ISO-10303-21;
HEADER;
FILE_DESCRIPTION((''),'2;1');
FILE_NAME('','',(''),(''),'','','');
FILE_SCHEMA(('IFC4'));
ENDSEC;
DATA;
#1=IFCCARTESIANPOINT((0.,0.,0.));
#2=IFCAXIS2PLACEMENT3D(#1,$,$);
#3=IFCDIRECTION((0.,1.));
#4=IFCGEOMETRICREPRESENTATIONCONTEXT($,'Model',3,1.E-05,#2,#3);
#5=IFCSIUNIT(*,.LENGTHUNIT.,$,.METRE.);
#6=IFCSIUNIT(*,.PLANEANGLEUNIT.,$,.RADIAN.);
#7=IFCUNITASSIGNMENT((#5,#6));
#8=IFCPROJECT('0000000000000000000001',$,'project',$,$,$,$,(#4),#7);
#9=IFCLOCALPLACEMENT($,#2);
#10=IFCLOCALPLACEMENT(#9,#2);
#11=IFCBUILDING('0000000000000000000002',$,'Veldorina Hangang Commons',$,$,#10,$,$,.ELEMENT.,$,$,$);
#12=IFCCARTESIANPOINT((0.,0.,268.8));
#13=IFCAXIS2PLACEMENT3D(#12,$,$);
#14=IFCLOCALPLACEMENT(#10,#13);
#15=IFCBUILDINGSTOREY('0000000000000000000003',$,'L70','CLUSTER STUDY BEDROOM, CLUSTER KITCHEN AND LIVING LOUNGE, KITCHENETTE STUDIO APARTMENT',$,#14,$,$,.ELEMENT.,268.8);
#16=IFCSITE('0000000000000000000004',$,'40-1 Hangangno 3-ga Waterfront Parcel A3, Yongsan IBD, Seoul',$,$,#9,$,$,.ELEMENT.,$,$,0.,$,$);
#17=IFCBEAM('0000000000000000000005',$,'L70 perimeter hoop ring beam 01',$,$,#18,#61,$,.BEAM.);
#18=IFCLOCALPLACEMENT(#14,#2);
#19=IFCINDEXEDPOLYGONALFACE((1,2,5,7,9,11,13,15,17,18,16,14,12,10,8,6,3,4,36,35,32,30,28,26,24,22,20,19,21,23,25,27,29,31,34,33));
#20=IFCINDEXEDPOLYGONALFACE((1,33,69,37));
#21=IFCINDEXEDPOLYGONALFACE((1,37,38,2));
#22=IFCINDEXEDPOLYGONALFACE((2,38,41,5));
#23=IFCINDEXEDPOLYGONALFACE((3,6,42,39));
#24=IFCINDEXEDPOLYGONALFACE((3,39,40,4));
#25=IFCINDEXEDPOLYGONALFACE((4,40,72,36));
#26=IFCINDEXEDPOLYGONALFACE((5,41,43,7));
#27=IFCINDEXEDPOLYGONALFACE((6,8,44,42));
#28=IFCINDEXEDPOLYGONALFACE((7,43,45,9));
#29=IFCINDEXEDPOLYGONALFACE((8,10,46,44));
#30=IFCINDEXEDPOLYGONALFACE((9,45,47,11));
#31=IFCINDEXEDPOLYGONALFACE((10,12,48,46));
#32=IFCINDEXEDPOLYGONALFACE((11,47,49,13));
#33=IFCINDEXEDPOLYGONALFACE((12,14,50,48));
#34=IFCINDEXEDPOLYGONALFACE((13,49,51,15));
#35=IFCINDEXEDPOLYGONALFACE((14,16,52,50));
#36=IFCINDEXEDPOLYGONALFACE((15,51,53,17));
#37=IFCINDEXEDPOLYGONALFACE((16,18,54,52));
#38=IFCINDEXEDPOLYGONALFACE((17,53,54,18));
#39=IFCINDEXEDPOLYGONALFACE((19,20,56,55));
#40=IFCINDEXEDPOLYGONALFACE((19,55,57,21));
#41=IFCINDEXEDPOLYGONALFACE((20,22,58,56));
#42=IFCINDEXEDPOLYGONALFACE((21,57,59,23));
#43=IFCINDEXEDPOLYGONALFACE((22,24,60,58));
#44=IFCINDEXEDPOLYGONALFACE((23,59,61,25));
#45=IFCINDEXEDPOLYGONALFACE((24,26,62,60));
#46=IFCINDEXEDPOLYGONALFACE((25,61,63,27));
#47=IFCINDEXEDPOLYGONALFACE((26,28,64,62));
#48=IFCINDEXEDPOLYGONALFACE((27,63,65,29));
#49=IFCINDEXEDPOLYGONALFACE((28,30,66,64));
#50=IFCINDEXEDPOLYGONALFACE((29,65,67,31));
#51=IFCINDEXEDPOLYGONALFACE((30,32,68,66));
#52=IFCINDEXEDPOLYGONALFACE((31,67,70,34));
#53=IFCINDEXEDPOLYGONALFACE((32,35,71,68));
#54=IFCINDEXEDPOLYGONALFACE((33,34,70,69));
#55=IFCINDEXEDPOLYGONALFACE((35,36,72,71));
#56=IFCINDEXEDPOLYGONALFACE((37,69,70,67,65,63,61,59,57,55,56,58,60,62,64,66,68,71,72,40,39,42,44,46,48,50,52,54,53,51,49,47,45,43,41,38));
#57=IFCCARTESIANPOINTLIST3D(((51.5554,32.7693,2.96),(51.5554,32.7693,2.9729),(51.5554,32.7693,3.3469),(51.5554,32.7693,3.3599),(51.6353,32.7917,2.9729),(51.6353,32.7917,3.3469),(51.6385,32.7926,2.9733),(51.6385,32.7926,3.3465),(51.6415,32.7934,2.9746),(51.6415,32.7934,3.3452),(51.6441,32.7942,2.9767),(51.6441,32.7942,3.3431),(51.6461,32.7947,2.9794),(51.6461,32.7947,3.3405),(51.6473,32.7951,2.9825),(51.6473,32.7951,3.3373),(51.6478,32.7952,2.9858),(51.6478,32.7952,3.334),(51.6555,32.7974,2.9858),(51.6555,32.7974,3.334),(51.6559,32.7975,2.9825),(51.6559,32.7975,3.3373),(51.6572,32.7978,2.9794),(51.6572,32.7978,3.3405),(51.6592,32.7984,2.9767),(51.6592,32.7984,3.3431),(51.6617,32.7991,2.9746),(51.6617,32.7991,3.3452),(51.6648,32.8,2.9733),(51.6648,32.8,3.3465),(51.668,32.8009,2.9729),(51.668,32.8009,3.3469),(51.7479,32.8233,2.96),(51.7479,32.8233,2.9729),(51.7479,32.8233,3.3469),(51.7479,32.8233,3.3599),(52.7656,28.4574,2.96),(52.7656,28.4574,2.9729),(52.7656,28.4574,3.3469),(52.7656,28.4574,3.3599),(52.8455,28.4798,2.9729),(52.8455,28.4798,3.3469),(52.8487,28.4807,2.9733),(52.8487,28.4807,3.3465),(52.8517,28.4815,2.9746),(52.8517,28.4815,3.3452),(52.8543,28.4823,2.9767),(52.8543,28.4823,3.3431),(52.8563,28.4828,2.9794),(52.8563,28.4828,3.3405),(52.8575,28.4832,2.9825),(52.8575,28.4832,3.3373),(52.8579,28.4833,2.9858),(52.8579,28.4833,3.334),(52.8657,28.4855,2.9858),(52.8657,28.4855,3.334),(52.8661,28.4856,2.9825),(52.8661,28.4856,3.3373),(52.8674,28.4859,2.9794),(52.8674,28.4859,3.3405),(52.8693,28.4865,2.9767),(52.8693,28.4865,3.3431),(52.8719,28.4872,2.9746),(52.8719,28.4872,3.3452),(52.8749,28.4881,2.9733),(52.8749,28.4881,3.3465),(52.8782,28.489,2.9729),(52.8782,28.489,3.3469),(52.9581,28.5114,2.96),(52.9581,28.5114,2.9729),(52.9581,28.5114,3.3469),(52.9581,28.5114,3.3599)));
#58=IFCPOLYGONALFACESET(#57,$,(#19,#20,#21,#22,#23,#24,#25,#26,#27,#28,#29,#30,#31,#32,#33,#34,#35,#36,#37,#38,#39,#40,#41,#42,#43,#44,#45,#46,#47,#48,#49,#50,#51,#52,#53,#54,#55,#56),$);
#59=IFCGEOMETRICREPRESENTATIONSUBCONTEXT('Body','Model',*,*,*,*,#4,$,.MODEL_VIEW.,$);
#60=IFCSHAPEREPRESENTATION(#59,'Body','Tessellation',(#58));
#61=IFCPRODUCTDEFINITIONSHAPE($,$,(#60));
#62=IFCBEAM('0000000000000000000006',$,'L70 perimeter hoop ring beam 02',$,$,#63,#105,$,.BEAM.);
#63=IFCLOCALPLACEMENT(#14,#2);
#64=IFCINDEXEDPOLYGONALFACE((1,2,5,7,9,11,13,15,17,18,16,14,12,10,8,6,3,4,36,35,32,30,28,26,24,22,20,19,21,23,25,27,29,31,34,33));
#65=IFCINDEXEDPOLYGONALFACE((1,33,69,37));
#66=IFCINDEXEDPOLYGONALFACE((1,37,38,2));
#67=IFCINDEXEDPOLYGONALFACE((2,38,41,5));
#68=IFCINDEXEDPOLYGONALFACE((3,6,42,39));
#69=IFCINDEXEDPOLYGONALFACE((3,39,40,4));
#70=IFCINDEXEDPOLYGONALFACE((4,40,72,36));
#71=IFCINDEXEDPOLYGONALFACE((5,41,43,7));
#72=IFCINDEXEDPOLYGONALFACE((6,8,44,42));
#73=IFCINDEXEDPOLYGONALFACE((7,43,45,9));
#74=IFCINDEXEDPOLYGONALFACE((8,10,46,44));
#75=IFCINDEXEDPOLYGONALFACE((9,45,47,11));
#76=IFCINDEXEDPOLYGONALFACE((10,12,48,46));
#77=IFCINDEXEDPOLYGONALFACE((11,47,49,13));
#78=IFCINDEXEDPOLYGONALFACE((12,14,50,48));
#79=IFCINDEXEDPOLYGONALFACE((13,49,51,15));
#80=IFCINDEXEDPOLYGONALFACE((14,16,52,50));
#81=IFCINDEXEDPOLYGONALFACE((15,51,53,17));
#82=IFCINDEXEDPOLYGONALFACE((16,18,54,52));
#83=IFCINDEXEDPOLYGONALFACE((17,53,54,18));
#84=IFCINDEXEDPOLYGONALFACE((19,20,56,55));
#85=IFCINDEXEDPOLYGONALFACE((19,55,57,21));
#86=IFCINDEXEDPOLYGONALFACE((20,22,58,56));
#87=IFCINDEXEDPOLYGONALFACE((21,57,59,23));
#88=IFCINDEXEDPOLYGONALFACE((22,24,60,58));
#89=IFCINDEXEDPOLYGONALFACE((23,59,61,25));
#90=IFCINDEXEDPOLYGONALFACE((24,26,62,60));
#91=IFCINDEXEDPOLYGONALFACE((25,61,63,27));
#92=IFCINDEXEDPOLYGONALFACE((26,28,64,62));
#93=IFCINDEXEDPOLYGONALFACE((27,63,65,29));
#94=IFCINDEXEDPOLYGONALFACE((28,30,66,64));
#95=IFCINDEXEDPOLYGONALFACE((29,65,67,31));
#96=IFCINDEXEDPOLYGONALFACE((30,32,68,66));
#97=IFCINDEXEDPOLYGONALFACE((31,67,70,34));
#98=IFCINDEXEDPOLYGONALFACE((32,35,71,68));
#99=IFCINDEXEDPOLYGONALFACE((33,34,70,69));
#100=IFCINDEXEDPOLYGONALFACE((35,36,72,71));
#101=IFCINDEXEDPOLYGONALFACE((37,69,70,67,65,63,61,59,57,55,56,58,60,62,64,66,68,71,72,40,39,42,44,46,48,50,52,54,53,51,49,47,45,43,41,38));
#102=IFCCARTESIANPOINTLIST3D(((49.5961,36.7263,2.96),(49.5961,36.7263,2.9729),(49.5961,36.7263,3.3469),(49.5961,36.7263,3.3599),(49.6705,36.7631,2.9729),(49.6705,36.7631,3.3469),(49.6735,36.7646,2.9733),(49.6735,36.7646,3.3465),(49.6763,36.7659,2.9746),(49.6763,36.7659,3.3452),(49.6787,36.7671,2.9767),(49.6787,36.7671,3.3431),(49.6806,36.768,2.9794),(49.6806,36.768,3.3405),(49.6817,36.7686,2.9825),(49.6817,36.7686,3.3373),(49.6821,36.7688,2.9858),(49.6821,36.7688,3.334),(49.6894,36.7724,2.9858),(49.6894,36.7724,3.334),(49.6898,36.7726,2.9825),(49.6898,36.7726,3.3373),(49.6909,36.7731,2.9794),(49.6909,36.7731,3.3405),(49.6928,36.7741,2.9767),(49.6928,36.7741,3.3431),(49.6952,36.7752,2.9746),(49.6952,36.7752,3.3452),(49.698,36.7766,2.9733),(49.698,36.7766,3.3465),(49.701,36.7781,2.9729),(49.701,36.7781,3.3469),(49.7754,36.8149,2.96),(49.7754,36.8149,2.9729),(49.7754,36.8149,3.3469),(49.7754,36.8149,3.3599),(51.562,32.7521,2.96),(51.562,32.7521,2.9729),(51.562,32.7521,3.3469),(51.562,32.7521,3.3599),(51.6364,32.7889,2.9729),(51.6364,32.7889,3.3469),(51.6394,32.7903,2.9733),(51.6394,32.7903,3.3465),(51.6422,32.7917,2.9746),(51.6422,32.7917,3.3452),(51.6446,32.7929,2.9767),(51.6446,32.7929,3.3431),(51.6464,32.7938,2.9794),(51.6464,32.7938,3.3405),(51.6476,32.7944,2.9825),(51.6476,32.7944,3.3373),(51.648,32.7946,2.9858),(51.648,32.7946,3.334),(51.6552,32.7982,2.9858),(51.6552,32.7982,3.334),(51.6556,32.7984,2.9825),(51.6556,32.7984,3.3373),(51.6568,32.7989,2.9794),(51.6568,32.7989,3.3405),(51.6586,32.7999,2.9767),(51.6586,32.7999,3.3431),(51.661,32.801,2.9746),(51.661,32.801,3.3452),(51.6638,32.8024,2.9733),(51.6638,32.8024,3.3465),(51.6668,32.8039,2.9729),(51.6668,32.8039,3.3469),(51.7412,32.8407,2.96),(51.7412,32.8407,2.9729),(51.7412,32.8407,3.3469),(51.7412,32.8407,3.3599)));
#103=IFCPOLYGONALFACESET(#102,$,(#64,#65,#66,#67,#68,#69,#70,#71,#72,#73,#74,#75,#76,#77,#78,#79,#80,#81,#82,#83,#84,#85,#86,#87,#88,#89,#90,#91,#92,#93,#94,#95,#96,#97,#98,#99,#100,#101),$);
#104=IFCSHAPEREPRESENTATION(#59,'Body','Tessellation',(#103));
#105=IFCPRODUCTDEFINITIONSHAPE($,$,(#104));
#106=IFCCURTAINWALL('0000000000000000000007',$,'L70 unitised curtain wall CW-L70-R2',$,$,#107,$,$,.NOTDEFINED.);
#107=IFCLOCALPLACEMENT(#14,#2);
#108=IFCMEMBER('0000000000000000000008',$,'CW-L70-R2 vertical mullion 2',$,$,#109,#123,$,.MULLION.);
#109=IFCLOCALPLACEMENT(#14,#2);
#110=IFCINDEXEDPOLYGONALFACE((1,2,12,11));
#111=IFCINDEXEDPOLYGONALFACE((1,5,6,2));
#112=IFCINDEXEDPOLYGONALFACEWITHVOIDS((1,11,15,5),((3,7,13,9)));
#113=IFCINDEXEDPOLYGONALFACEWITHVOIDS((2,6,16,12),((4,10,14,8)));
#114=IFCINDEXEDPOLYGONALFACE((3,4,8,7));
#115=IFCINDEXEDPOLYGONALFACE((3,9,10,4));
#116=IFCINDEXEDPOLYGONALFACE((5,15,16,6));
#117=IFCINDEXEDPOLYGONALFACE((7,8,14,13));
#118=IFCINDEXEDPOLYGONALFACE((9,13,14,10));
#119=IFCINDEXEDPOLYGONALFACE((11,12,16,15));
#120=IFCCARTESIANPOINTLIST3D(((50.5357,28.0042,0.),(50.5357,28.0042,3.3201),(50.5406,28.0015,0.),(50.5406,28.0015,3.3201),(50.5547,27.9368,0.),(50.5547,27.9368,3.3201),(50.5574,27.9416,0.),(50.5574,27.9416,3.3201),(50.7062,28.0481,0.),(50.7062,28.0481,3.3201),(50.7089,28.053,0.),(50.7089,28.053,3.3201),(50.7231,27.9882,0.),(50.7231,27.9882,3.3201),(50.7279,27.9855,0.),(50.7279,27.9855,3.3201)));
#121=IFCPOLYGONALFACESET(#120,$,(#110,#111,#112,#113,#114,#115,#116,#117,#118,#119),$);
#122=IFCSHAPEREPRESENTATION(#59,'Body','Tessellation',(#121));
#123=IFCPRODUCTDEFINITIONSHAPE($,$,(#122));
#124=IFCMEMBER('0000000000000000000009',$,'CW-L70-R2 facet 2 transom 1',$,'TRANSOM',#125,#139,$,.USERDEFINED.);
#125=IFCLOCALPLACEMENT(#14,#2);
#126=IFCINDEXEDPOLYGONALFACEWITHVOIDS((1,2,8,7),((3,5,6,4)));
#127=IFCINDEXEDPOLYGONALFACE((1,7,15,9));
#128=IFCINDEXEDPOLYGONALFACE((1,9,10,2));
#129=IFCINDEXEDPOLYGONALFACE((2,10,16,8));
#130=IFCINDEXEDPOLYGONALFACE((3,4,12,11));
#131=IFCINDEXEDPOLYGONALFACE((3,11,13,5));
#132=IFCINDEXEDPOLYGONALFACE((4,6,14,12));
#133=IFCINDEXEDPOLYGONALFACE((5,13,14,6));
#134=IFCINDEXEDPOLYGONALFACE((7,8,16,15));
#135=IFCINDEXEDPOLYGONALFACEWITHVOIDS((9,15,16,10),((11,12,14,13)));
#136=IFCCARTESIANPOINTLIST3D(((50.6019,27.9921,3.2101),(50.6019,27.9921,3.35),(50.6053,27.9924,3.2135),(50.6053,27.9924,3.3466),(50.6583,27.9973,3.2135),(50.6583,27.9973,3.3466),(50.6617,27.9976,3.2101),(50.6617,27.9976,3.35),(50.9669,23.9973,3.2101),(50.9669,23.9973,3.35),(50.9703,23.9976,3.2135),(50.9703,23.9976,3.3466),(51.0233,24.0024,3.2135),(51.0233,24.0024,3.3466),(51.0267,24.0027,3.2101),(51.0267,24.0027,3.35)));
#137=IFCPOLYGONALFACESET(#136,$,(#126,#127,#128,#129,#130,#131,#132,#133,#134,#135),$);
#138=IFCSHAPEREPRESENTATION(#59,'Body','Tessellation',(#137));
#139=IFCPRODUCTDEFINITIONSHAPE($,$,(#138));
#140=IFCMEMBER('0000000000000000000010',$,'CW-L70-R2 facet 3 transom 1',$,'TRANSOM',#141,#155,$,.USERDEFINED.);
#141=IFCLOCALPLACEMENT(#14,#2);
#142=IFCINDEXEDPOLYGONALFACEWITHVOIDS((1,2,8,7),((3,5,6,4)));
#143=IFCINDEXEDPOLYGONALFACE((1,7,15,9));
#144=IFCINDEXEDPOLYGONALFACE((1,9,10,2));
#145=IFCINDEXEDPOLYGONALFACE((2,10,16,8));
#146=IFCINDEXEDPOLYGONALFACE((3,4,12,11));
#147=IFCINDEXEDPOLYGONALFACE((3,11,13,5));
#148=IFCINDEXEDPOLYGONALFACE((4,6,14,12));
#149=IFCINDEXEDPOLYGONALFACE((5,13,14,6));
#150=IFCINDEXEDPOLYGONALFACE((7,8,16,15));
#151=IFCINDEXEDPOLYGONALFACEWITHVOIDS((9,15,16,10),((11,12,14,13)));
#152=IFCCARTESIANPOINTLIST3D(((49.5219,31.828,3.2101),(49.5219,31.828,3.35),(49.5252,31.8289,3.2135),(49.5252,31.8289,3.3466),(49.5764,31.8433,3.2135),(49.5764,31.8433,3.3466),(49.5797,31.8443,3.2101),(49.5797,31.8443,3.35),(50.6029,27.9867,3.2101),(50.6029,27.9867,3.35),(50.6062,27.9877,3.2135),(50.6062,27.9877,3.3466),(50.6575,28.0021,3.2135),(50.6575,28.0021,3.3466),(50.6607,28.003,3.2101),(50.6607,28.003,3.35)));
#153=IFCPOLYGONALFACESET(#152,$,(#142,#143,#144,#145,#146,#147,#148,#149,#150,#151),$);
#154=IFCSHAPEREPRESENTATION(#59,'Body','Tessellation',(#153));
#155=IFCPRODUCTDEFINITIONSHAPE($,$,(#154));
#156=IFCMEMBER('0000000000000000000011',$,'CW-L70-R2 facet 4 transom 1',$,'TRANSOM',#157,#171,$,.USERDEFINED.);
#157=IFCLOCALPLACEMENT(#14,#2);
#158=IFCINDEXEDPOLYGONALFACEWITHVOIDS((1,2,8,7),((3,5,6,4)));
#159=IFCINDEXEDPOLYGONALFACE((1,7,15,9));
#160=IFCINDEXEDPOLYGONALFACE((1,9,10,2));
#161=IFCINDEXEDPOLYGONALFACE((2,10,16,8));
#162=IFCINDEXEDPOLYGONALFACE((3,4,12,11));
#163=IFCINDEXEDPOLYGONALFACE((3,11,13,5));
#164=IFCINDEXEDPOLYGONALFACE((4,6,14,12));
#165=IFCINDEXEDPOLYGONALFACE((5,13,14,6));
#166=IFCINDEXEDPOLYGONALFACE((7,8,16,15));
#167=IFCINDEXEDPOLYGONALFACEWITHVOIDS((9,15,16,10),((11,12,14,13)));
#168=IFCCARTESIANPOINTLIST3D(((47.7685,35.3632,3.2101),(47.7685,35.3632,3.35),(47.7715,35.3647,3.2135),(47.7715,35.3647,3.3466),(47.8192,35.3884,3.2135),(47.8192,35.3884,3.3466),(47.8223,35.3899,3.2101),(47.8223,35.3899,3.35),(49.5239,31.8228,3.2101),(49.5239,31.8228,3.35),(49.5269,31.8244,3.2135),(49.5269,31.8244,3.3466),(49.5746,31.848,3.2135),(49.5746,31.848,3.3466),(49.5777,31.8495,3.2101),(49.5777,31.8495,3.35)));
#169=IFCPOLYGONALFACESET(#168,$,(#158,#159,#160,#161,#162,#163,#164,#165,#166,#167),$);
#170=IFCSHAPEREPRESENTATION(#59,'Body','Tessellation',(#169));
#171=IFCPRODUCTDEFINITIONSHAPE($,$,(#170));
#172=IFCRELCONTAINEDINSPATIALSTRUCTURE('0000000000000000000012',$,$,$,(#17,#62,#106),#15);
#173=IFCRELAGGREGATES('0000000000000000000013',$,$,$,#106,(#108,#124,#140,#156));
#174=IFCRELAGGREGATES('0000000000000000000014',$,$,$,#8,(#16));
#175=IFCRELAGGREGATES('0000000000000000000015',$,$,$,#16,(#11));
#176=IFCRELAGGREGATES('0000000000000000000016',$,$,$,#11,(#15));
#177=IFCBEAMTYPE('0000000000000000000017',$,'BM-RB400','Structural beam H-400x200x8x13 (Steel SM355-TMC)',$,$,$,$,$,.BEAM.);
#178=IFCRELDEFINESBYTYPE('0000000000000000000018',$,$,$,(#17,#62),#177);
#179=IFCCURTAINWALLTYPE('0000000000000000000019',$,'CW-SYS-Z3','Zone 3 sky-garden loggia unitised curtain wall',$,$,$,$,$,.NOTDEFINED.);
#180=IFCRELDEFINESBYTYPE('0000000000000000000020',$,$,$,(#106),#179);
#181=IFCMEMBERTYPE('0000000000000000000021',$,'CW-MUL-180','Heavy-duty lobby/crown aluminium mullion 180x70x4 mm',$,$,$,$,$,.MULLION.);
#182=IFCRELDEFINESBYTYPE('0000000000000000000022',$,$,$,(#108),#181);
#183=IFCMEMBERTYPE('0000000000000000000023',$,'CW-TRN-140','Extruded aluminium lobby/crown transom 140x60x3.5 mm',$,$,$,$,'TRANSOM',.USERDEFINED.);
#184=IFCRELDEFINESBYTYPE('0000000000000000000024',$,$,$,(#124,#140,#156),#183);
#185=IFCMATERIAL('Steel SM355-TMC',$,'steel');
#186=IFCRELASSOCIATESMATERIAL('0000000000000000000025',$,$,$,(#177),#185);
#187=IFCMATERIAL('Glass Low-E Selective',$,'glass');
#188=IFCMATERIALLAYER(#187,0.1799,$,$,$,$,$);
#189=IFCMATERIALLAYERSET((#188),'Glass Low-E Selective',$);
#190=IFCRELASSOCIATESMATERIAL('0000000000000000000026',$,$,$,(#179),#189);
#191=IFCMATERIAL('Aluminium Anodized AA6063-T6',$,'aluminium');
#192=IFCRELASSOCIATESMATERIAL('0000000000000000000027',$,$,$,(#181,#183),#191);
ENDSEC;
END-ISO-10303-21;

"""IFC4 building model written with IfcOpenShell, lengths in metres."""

from ifc_helpers import new_model, si_unit, direction, frame, origin, origin_2d, place, context, subcontext, project, spatial, hollow_rectangle, i_section, extrude, material, layer, layer_set, material_profile, profile_set, type_object, element, aggregate, save


model = new_model("IFC4")

# Units and contexts
model_context = context("Model", 3, precision=1e-05, world=origin(), true_north=direction((0.0, 1.0)))
body_context = subcontext(model_context, "Body", "Model", "MODEL_VIEW")
ifc_project = project(units=[si_unit("LENGTHUNIT", "METRE"), si_unit("PLANEANGLEUNIT", "RADIAN")], contexts=[model_context])

# Site, building, storey
site_placement = place(None, origin())
site = spatial("IfcSite", under=ifc_project, at=site_placement, Name="40-1 Hangangno 3-ga Waterfront Parcel A3, Yongsan IBD, Seoul", CompositionType="ELEMENT", RefElevation=0.0)
building_placement = place(site_placement, origin())
building = spatial("IfcBuilding", under=site, at=building_placement, Name="Veldorina Hangang Commons", CompositionType="ELEMENT")
storey_placement = place(building_placement, frame((0.0, 0.0, 268.8)))
storey = spatial("IfcBuildingStorey", under=building, at=storey_placement, Name="L70", Description="CLUSTER STUDY BEDROOM, CLUSTER KITCHEN AND LIVING LOUNGE, KITCHENETTE STUDIO APARTMENT", CompositionType="ELEMENT", Elevation=268.8)

# Beams
ifc_material_1 = material(Name="Steel SM355-TMC", Category="steel")
ifc_material_profile_1 = material_profile(ifc_material_1, i_section(OverallWidth=0.2, OverallDepth=0.3999, WebThickness=0.0081, FlangeThickness=0.0129, FilletRadius=0.0129, at=origin_2d()), Name="H-400x200x8x13")
ifc_profile_set_1 = profile_set([ifc_material_profile_1], Name="Steel SM355-TMC")
beam_type_1 = type_object("IfcBeamType", Name="BM-RB400", Description="Structural beam H-400x200x8x13 (Steel SM355-TMC)", PredefinedType="BEAM", material=ifc_profile_set_1)
beam_1_placement = place(storey_placement, frame((52.8618, 28.4844, 3.1599), z_axis=(-0.270218, 0.962799, 0.0), x_axis=(-0.962799, -0.270218, 0.0)))
element("IfcBeam", 1, at=beam_1_placement, inside=storey, type_object=beam_type_1, Name="L70 perimeter hoop ring beam 01", PredefinedType="BEAM", context=body_context, shape_type="SweptSolid", body=[
    extrude(i_section(OverallWidth=0.2, OverallDepth=0.3999, WebThickness=0.0081, FlangeThickness=0.0129, FilletRadius=0.0129, at=origin_2d()), origin(), (0.0, 0.0, 1.0), 4.4785),
])
beam_2_placement = place(storey_placement, frame((51.6516, 32.7964, 3.1599), z_axis=(-0.443377, 0.896335, 0.0), x_axis=(-0.896335, -0.443377, 0.0)))
element("IfcBeam", 2, at=beam_2_placement, inside=storey, type_object=beam_type_1, Name="L70 perimeter hoop ring beam 02", PredefinedType="BEAM", context=body_context, shape_type="SweptSolid", body=[
    extrude(i_section(OverallWidth=0.2, OverallDepth=0.3999, WebThickness=0.0081, FlangeThickness=0.0129, FilletRadius=0.0129, at=origin_2d()), origin(), (0.0, 0.0, 1.0), 4.4338),
])

# Curtain wall, members
ifc_material_2 = material(Name="Glass Low-E Selective", Category="glass")
ifc_layer_1 = layer(ifc_material_2, 0.1799)
ifc_layer_set_1 = layer_set([ifc_layer_1], Name="Glass Low-E Selective")
curtain_wall_type = type_object("IfcCurtainWallType", Name="CW-SYS-Z3", Description="Zone 3 sky-garden loggia unitised curtain wall", PredefinedType="NOTDEFINED", material=ifc_layer_set_1)
curtain_wall_placement = place(storey_placement, origin())
curtain_wall = element("IfcCurtainWall", 3, at=curtain_wall_placement, inside=storey, type_object=curtain_wall_type, Name="L70 unitised curtain wall CW-L70-R2", PredefinedType="NOTDEFINED")
ifc_material_3 = material(Name="Aluminium Anodized AA6063-T6", Category="aluminium")
ifc_material_profile_2 = material_profile(ifc_material_3, hollow_rectangle(XDim=0.0701, YDim=0.1799, WallThickness=0.0039, at=origin_2d()), Name="ALU-RHS-180x70x4")
ifc_profile_set_2 = profile_set([ifc_material_profile_2], Name="Aluminium Anodized AA6063-T6")
member_type_1 = type_object("IfcMemberType", Name="CW-MUL-180", Description="Heavy-duty lobby/crown aluminium mullion 180x70x4 mm", PredefinedType="MULLION", material=ifc_profile_set_2)
member_1_placement = place(storey_placement, frame((50.6318, 27.9949, 0.0), z_axis=(0.0, 0.0, 1.0), x_axis=(-0.270886, 0.962611, 0.0)))
member_1 = element("IfcMember", 4, at=member_1_placement, type_object=member_type_1, Name="CW-L70-R2 vertical mullion 2", PredefinedType="MULLION", context=body_context, shape_type="SweptSolid", body=[
    extrude(hollow_rectangle(XDim=0.0701, YDim=0.1799, WallThickness=0.0039, at=origin_2d()), origin(), (0.0, 0.0, 1.0), 3.3201),
])
ifc_material_profile_3 = material_profile(ifc_material_3, hollow_rectangle(XDim=0.0601, YDim=0.1399, WallThickness=0.0034, at=origin_2d()), Name="ALU-RHS-140x60x3.5")
ifc_profile_set_3 = profile_set([ifc_material_profile_3], Name="Aluminium Anodized AA6063-T6")
member_type_2 = type_object("IfcMemberType", Name="CW-TRN-140", Description="Extruded aluminium lobby/crown transom 140x60x3.5 mm", ElementType="TRANSOM", PredefinedType="USERDEFINED", material=ifc_profile_set_3)
member_2_placement = place(storey_placement, frame((50.9968, 24.0, 3.28), z_axis=(-0.090986, 0.995852, 0.0), x_axis=(-0.995852, -0.090986, 0.0)))
member_2 = element("IfcMember", 5, at=member_2_placement, type_object=member_type_2, Name="CW-L70-R2 facet 2 transom 1", ObjectType="TRANSOM", PredefinedType="USERDEFINED", context=body_context, shape_type="SweptSolid", body=[
    extrude(hollow_rectangle(XDim=0.0601, YDim=0.1399, WallThickness=0.0034, at=origin_2d()), origin(), (0.0, 0.0, 1.0), 4.0115),
])
member_3_placement = place(storey_placement, frame((50.6318, 27.9949, 3.28), z_axis=(-0.270905, 0.962606, 0.0), x_axis=(-0.962606, -0.270905, 0.0)))
member_3 = element("IfcMember", 6, at=member_3_placement, type_object=member_type_2, Name="CW-L70-R2 facet 3 transom 1", ObjectType="TRANSOM", PredefinedType="USERDEFINED", context=body_context, shape_type="SweptSolid", body=[
    extrude(hollow_rectangle(XDim=0.0601, YDim=0.1399, WallThickness=0.0034, at=origin_2d()), origin(), (0.0, 0.0, 1.0), 3.9905),
])
member_4_placement = place(storey_placement, frame((49.5508, 31.8362, 3.28), z_axis=(-0.444221, 0.895917, 0.0), x_axis=(-0.895917, -0.444221, 0.0)))
member_4 = element("IfcMember", 7, at=member_4_placement, type_object=member_type_2, Name="CW-L70-R2 facet 4 transom 1", ObjectType="TRANSOM", PredefinedType="USERDEFINED", context=body_context, shape_type="SweptSolid", body=[
    extrude(hollow_rectangle(XDim=0.0601, YDim=0.1399, WallThickness=0.0034, at=origin_2d()), origin(), (0.0, 0.0, 1.0), 3.9517),
])

aggregate(curtain_wall, [member_1, member_2, member_3, member_4])

save(model, "model.ifc")
